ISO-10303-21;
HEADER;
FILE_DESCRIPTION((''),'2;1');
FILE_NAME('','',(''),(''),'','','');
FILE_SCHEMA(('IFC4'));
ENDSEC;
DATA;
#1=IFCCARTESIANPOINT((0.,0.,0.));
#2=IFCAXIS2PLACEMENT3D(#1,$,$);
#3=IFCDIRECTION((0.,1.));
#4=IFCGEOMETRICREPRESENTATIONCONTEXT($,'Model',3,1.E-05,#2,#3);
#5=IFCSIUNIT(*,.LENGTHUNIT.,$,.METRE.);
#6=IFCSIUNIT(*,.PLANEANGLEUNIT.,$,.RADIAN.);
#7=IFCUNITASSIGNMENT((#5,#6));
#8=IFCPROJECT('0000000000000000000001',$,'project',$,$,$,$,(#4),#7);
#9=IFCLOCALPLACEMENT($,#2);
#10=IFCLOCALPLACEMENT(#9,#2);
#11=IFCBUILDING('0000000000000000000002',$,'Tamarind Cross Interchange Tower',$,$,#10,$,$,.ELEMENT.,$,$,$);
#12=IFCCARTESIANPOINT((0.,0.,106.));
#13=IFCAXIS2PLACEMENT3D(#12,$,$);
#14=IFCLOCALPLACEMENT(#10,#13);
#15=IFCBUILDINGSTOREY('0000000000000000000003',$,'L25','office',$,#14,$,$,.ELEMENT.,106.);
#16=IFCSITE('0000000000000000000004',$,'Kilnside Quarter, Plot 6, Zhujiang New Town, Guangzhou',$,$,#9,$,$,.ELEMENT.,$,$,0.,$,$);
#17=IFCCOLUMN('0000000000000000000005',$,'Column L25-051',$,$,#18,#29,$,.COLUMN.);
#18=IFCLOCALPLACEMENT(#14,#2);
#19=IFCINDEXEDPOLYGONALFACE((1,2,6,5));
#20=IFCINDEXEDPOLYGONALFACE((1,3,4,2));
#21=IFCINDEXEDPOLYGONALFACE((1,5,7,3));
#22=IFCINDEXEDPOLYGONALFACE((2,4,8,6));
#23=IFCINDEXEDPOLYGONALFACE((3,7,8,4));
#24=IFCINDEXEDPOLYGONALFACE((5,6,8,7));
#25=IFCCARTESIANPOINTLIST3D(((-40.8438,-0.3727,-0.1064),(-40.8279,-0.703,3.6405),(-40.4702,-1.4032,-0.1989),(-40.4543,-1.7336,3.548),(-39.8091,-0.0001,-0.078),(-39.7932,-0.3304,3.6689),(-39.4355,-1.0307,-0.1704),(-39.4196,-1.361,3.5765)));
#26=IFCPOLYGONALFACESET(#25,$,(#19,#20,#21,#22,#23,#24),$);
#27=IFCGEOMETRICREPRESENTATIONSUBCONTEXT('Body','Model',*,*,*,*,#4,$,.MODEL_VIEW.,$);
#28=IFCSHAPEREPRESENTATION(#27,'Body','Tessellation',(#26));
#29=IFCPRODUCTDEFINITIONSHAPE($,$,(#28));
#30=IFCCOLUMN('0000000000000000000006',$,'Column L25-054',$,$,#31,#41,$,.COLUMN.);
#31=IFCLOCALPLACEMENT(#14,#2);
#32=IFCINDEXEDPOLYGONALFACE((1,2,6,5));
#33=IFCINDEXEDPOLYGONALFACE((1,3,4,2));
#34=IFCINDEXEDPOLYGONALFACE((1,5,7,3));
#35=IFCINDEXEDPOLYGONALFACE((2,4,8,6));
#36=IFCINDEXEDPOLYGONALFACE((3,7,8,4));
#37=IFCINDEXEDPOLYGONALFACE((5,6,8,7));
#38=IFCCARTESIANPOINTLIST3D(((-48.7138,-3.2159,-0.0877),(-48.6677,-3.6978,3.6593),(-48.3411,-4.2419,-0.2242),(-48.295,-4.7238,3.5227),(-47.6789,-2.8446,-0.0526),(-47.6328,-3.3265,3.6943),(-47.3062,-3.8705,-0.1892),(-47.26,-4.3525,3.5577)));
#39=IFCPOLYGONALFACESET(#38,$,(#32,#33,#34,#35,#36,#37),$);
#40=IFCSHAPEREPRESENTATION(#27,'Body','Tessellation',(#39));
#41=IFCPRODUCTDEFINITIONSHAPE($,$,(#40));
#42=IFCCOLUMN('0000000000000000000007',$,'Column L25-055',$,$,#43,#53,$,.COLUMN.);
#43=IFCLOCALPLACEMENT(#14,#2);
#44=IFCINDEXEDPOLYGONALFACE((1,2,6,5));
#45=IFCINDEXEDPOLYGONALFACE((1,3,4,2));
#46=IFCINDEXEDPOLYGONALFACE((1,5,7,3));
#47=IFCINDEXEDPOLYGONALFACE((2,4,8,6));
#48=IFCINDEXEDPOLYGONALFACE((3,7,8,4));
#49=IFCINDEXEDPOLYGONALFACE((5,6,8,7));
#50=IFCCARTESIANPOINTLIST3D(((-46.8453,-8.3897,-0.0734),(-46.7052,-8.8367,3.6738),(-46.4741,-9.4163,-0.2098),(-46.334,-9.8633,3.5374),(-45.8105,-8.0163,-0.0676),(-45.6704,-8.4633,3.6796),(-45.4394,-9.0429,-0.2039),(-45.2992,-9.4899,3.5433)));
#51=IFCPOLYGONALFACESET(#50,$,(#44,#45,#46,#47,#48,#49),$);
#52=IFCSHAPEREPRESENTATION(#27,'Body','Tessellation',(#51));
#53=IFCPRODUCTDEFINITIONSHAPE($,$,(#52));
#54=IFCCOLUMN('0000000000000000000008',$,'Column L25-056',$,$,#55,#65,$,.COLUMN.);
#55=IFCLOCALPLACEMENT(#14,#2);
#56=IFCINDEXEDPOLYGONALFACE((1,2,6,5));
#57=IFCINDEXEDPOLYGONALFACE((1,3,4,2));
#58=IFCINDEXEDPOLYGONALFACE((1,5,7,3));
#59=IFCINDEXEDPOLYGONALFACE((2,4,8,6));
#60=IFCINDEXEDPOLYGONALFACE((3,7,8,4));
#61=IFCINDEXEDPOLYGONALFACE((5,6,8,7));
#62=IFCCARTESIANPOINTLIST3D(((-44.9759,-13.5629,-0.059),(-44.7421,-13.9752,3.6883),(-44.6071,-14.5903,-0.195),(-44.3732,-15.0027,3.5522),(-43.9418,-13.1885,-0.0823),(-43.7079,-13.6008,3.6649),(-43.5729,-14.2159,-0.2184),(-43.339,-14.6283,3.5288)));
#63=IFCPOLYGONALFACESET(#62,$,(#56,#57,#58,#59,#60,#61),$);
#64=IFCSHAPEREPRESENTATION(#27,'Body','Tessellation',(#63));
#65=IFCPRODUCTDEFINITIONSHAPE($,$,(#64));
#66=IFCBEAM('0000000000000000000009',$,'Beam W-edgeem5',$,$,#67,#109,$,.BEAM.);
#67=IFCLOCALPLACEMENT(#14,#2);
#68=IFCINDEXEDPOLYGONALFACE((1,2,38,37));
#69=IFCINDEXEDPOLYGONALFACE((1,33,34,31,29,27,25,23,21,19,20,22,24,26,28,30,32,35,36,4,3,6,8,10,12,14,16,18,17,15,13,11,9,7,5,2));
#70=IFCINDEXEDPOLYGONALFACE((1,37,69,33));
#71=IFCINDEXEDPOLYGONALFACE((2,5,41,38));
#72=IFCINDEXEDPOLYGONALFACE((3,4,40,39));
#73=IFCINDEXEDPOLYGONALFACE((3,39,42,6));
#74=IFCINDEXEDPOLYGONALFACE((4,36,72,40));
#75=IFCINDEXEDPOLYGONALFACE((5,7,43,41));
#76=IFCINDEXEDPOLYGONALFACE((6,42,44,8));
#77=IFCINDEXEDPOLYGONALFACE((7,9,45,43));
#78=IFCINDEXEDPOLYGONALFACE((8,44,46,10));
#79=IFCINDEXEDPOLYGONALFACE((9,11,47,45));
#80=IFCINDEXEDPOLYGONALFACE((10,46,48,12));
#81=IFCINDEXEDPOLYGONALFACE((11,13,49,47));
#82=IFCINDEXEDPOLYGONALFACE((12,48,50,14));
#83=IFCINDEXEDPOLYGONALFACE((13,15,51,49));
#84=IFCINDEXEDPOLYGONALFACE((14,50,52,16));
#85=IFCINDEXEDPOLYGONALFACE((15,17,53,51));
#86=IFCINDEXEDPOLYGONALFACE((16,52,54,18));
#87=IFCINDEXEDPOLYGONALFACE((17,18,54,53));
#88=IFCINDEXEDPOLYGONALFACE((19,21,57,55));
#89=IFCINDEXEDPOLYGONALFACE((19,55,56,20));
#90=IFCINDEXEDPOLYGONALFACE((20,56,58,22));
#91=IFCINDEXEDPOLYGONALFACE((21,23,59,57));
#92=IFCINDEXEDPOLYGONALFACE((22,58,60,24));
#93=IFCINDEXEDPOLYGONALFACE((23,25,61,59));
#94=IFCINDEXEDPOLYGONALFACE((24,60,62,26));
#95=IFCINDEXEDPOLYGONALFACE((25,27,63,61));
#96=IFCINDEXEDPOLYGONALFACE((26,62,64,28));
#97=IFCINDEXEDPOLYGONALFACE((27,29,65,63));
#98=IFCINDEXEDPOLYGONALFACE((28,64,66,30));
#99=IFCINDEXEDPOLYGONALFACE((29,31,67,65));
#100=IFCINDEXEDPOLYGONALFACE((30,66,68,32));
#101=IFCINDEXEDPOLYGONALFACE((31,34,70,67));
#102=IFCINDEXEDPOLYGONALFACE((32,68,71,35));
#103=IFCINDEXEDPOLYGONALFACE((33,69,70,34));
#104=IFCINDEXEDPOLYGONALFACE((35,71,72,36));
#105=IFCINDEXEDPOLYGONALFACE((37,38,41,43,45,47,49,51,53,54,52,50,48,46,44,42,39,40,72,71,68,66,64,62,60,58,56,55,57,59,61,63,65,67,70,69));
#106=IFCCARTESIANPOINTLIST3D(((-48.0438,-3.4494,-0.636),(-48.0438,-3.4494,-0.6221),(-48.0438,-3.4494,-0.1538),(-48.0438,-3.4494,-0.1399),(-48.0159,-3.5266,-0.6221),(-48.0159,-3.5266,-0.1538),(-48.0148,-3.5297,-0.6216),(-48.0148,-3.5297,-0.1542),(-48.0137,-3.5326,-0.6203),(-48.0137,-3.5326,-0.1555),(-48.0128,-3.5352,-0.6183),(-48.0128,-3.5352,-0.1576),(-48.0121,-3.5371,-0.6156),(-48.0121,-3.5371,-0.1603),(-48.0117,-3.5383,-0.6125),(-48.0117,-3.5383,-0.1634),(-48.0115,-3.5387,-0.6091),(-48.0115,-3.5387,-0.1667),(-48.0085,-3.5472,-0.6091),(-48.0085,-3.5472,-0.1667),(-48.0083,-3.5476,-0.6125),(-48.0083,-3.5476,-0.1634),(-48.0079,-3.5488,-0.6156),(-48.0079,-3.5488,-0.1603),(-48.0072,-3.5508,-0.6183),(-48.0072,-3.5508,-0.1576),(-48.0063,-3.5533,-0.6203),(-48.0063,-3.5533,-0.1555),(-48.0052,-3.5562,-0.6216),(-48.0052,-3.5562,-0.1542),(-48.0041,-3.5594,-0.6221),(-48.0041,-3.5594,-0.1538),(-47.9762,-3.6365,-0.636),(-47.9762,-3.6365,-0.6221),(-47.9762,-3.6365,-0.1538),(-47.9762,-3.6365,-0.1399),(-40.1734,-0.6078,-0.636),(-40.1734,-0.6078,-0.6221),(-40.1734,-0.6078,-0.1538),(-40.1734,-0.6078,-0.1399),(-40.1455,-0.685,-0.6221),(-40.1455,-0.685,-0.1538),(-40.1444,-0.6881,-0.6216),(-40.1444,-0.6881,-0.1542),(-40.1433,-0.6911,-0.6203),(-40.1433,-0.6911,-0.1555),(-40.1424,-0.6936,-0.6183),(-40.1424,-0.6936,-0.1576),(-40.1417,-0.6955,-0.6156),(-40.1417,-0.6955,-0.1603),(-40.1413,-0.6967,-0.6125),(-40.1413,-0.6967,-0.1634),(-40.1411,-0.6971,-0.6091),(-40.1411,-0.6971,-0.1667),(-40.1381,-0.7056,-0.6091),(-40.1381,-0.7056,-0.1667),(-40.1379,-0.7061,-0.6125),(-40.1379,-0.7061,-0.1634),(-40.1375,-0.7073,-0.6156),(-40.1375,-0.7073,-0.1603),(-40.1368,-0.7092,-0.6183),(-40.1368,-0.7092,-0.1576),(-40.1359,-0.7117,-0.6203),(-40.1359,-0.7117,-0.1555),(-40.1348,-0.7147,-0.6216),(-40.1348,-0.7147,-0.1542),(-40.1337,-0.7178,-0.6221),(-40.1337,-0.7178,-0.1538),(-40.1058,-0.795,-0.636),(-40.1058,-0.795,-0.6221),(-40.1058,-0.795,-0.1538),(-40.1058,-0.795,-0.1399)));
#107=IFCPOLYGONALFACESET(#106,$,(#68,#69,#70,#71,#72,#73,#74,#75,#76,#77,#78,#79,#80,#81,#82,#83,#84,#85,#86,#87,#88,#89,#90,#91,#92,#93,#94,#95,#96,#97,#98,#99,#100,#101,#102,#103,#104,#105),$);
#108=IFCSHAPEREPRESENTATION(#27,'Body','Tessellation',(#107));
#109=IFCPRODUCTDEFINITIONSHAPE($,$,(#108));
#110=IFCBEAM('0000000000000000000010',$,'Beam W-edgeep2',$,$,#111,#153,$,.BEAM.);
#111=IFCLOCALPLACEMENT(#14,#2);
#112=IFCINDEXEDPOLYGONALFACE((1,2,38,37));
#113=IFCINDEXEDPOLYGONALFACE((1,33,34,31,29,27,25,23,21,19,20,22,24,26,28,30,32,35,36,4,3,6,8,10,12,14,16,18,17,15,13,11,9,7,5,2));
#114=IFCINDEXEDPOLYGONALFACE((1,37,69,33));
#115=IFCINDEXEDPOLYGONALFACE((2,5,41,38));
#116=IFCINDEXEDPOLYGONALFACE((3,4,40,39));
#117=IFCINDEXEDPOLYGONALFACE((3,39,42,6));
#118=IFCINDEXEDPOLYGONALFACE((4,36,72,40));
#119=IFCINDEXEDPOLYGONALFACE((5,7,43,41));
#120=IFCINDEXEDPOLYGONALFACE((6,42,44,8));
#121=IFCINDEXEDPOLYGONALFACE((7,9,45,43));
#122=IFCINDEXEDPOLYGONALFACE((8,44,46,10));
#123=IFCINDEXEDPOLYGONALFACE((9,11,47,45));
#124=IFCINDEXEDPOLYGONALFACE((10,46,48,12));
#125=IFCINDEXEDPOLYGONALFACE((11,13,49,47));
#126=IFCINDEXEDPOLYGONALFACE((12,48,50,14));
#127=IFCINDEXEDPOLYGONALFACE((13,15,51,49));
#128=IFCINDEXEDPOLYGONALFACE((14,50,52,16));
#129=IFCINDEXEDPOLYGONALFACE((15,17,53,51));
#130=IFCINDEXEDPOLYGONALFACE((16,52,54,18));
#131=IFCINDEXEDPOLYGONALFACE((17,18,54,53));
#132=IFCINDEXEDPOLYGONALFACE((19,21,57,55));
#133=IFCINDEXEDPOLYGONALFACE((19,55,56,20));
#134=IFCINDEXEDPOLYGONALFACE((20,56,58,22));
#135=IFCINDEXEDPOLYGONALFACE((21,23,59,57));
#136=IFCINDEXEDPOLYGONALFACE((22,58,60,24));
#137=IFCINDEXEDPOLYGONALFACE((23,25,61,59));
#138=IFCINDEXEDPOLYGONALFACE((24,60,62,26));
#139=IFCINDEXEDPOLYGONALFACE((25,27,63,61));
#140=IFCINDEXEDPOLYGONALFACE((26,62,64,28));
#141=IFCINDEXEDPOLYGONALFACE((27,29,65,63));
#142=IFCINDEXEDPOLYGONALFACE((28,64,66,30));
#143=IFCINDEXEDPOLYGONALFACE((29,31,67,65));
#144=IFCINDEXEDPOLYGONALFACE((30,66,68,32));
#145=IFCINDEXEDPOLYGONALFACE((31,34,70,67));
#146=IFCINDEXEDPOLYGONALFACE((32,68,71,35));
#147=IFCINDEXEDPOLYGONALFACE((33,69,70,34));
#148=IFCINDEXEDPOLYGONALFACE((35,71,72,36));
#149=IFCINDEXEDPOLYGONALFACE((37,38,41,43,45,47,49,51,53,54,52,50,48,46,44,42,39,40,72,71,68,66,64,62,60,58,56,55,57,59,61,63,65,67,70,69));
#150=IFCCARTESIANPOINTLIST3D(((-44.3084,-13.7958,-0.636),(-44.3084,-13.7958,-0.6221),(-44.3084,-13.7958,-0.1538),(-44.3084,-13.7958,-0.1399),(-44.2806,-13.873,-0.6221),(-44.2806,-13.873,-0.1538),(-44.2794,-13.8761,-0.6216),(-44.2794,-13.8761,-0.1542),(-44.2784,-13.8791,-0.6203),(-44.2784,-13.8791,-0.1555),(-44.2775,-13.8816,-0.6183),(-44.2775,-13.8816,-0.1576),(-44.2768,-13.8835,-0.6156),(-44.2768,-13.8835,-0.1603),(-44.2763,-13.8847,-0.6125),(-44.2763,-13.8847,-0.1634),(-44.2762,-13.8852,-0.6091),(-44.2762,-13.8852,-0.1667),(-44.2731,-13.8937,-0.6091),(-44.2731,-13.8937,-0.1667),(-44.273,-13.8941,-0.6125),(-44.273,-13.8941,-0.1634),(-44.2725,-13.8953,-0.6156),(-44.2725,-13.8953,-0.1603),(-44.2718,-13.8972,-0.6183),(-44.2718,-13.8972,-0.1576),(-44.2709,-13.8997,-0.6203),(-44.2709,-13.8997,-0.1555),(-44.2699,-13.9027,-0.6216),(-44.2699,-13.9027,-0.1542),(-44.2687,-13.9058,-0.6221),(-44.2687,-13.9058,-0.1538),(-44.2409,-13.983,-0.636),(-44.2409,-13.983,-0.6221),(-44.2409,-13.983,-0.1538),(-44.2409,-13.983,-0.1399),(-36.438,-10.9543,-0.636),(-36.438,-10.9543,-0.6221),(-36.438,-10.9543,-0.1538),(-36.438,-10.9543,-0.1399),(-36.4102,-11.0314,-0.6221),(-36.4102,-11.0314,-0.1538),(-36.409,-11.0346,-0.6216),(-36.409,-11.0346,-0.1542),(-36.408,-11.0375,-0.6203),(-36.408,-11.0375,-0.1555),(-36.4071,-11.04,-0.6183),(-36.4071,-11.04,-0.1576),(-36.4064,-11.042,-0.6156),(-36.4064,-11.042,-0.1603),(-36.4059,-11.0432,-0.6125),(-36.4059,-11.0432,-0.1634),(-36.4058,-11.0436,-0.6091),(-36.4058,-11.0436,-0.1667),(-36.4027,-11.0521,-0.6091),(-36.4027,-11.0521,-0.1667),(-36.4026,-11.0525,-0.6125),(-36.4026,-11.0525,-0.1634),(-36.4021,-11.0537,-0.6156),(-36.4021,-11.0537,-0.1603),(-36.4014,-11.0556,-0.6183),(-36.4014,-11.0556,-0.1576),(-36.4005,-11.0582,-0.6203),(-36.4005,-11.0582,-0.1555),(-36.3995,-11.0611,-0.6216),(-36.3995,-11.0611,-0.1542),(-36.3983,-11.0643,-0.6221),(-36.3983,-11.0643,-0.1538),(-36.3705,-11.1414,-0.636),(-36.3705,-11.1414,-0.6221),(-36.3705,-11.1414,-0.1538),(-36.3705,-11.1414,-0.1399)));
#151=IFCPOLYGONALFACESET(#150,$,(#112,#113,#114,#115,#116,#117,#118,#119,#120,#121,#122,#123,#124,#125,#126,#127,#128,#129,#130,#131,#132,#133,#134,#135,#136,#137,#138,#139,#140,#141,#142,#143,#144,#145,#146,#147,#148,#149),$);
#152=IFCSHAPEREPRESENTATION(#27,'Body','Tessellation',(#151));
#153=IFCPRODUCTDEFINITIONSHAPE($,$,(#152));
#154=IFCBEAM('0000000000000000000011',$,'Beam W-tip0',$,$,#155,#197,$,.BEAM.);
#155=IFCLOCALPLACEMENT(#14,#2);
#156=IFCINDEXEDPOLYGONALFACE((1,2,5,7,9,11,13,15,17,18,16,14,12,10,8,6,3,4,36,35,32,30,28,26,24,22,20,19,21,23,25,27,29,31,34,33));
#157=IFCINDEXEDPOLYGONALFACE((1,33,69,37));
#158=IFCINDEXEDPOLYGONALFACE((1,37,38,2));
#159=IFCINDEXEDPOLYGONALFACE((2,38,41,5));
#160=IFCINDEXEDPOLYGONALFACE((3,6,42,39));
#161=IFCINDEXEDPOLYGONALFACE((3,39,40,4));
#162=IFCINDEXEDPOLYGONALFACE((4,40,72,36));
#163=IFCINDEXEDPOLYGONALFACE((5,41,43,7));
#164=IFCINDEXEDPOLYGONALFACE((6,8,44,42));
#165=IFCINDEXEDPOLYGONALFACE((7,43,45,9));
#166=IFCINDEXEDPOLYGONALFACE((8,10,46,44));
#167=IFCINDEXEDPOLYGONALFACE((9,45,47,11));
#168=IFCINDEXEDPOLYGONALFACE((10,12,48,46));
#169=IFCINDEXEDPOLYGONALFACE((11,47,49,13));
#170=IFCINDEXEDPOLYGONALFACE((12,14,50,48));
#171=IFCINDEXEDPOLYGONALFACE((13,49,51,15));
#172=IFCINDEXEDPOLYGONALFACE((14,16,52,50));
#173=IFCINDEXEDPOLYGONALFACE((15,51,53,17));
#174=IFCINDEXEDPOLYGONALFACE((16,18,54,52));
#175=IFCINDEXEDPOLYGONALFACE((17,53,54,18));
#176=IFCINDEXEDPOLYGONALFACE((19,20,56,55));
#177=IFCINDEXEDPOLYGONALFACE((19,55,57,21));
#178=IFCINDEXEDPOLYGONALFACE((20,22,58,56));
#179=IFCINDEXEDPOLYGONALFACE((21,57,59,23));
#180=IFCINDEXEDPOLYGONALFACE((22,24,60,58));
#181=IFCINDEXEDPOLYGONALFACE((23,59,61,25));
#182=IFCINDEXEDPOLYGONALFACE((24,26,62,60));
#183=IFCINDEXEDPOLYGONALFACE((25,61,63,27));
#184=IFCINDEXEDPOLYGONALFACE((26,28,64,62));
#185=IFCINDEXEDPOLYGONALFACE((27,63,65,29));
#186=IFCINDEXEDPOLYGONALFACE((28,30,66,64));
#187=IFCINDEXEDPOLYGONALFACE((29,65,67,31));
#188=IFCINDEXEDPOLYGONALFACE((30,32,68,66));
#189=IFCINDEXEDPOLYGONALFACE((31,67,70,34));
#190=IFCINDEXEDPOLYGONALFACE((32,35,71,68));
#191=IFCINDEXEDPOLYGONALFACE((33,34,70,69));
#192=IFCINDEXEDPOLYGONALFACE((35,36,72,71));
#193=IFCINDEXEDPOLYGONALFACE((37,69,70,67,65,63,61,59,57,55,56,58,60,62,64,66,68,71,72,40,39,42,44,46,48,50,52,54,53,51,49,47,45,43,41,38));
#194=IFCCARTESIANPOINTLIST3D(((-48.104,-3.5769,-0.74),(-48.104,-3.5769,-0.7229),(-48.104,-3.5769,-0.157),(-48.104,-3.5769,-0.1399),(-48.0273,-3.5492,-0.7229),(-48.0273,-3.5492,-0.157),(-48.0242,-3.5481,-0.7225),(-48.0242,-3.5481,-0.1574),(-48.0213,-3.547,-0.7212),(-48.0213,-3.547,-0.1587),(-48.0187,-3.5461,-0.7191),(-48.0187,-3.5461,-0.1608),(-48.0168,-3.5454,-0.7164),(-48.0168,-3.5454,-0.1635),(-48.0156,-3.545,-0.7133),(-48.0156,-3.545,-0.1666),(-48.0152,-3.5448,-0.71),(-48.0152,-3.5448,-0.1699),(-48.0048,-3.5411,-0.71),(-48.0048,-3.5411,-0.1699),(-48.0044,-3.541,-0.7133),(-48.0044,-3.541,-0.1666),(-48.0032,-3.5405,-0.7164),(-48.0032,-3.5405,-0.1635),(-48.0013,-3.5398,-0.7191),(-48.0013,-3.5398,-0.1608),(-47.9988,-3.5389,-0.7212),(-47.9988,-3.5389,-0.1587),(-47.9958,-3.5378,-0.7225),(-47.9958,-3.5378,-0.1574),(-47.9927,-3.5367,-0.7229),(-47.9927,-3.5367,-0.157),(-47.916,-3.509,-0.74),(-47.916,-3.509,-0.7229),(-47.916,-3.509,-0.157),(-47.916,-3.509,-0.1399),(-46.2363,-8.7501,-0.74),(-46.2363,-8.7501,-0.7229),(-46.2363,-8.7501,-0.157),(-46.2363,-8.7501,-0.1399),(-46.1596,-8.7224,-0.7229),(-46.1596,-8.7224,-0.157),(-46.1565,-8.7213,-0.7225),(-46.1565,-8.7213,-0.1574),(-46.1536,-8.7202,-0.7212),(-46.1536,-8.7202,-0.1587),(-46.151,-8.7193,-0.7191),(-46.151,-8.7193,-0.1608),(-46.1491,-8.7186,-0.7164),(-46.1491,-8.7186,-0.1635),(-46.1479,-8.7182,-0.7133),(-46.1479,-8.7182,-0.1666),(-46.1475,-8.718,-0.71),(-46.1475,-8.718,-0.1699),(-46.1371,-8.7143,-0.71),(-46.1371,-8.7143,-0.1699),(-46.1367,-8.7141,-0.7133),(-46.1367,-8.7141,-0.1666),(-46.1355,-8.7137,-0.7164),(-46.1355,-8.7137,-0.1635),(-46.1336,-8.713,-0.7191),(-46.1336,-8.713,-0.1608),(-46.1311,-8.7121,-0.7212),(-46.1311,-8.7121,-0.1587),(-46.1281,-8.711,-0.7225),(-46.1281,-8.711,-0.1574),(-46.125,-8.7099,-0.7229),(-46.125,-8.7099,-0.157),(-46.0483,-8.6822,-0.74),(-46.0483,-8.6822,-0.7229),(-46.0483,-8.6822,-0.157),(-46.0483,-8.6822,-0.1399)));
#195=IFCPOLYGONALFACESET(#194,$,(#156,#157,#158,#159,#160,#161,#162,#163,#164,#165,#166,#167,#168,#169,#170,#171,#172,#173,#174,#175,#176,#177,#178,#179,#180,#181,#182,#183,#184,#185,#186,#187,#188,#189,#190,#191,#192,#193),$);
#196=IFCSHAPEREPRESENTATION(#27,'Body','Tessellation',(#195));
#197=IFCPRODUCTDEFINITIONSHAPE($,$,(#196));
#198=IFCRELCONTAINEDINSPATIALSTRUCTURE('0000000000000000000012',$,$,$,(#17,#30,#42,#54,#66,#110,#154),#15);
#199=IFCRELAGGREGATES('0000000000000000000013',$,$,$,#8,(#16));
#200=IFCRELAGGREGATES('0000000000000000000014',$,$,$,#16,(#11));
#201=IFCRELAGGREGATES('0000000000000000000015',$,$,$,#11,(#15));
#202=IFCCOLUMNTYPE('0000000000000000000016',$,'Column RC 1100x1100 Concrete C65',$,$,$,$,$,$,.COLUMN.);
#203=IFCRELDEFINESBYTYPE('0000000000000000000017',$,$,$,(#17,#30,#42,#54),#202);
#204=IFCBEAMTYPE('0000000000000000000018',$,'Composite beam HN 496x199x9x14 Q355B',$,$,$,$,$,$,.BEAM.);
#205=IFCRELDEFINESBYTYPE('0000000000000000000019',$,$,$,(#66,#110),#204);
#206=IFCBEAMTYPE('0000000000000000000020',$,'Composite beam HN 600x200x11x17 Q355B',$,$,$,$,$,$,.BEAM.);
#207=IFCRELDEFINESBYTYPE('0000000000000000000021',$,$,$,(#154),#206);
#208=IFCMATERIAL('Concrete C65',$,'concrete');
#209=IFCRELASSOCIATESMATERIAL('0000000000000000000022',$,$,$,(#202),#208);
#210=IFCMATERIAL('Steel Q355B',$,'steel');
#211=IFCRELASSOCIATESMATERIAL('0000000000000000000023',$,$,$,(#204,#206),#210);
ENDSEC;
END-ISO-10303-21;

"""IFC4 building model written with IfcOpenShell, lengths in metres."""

from ifc_helpers import new_model, si_unit, direction, frame, origin, origin_2d, place, context, subcontext, project, spatial, rectangle, i_section, extrude, material, material_profile, profile_set, type_object, element, save


model = new_model("IFC4")

# Units and contexts
model_context = context("Model", 3, precision=1e-05, world=origin(), true_north=direction((0.0, 1.0)))
body_context = subcontext(model_context, "Body", "Model", "MODEL_VIEW")
ifc_project = project(units=[si_unit("LENGTHUNIT", "METRE"), si_unit("PLANEANGLEUNIT", "RADIAN")], contexts=[model_context])

# Site, building, storey
site_placement = place(None, origin())
site = spatial("IfcSite", under=ifc_project, at=site_placement, Name="Kilnside Quarter, Plot 6, Zhujiang New Town, Guangzhou", CompositionType="ELEMENT", RefElevation=0.0)
building_placement = place(site_placement, origin())
building = spatial("IfcBuilding", under=site, at=building_placement, Name="Tamarind Cross Interchange Tower", CompositionType="ELEMENT")
storey_placement = place(building_placement, frame((0.0, 0.0, 106.0)))
storey = spatial("IfcBuildingStorey", under=building, at=storey_placement, Name="L25", Description="office", CompositionType="ELEMENT", Elevation=106.0)

# Columns
ifc_material_1 = material(Name="Concrete C65", Category="concrete")
ifc_material_profile_1 = material_profile(ifc_material_1, rectangle(XDim=1.1001, YDim=1.1001, at=origin_2d()), Name="RC 1100x1100")
ifc_profile_set_1 = profile_set([ifc_material_profile_1], Name="Concrete C65")
column_type = type_object("IfcColumnType", Name="Column RC 1100x1100 Concrete C65", PredefinedType="COLUMN", material=ifc_profile_set_1)
column_1_placement = place(storey_placement, frame((-40.1396, -0.7017, -0.1384), z_axis=(0.004219, -0.087819, 0.996128), x_axis=(0.940553, 0.338659, 0.025873)))
element("IfcColumn", 1, at=column_1_placement, inside=storey, type_object=column_type, Name="Column L25-051", PredefinedType="COLUMN", context=body_context, shape_type="SweptSolid", body=[
    extrude(rectangle(XDim=1.1001, YDim=1.1001, at=origin_2d()), origin(), (0.0, 0.0, 1.0), 3.7615),
])
column_2_placement = place(storey_placement, frame((-48.01, -3.5432, -0.1384), z_axis=(0.012214, -0.127564, 0.991755), x_axis=(0.940776, 0.33753, 0.031829)))
element("IfcColumn", 2, at=column_2_placement, inside=storey, type_object=column_type, Name="Column L25-054", PredefinedType="COLUMN", context=body_context, shape_type="SweptSolid", body=[
    extrude(rectangle(XDim=1.1001, YDim=1.1001, at=origin_2d()), origin(), (0.0, 0.0, 1.0), 3.7781),
])
column_3_placement = place(storey_placement, frame((-46.1423, -8.7163, -0.1387), z_axis=(0.037108, -0.11837, 0.992276), x_axis=(0.940633, 0.339384, 0.005309)))
element("IfcColumn", 3, at=column_3_placement, inside=storey, type_object=column_type, Name="Column L25-055", PredefinedType="COLUMN", context=body_context, shape_type="SweptSolid", body=[
    extrude(rectangle(XDim=1.1001, YDim=1.1001, at=origin_2d()), origin(), (0.0, 0.0, 1.0), 3.7764),
])
column_4_placement = place(storey_placement, frame((-44.2744, -13.8894, -0.1387), z_axis=(0.061921, -0.10917, 0.992093), x_axis=(-0.335324, 0.933947, 0.1237)))
element("IfcColumn", 4, at=column_4_placement, inside=storey, type_object=column_type, Name="Column L25-056", PredefinedType="COLUMN", context=body_context, shape_type="SweptSolid", body=[
    extrude(rectangle(XDim=1.1001, YDim=1.1001, at=origin_2d()), origin(), (0.0, 0.0, 1.0), 3.7771),
])

# Beams
ifc_material_2 = material(Name="Steel Q355B", Category="steel")
ifc_material_profile_2 = material_profile(ifc_material_2, i_section(OverallWidth=0.199, OverallDepth=0.4961, WebThickness=0.009, FlangeThickness=0.0139, FilletRadius=0.0129, at=origin_2d()), Name="HN 496x199x9x14")
ifc_profile_set_2 = profile_set([ifc_material_profile_2], Name="Steel Q355B")
beam_type_1 = type_object("IfcBeamType", Name="Composite beam HN 496x199x9x14 Q355B", PredefinedType="BEAM", material=ifc_profile_set_2)
for number, where, z_axis, x_axis, name in (
    (5, (-48.01, -3.543, -0.3879), (0.940574, 0.339589, 0.0), (-0.339589, 0.940574, 0.0), "Beam W-edgeem5"),
    (6, (-44.2747, -13.8894, -0.3879), (0.940574, 0.339589, 0.0), (-0.339589, 0.940574, 0.0), "Beam W-edgeep2"),
):
    element("IfcBeam", number, at=place(storey_placement, frame(where, z_axis=z_axis, x_axis=x_axis)), inside=storey, type_object=beam_type_1, Name=name, PredefinedType="BEAM", context=body_context, shape_type="SweptSolid", body=[
        extrude(i_section(OverallWidth=0.199, OverallDepth=0.4961, WebThickness=0.009, FlangeThickness=0.0139, FilletRadius=0.0129, at=origin_2d()), origin(), (0.0, 0.0, 1.0), 8.3677),
    ])
ifc_material_profile_3 = material_profile(ifc_material_2, i_section(OverallWidth=0.2, OverallDepth=0.6001, WebThickness=0.011, FlangeThickness=0.0171, FilletRadius=0.0129, at=origin_2d()), Name="HN 600x200x11x17")
ifc_profile_set_3 = profile_set([ifc_material_profile_3], Name="Steel Q355B")
beam_type_2 = type_object("IfcBeamType", Name="Composite beam HN 600x200x11x17 Q355B", PredefinedType="BEAM", material=ifc_profile_set_3)
beam_1_placement = place(storey_placement, frame((-48.01, -3.543, -0.4399), z_axis=(0.339582, -0.940576, 0.0), x_axis=(0.940576, 0.339582, 0.0)))
element("IfcBeam", 7, at=beam_1_placement, inside=storey, type_object=beam_type_2, Name="Beam W-tip0", PredefinedType="BEAM", context=body_context, shape_type="SweptSolid", body=[
    extrude(i_section(OverallWidth=0.2, OverallDepth=0.6001, WebThickness=0.011, FlangeThickness=0.0171, FilletRadius=0.0129, at=origin_2d()), origin(), (0.0, 0.0, 1.0), 5.5),
])

save(model, "model.ifc")
